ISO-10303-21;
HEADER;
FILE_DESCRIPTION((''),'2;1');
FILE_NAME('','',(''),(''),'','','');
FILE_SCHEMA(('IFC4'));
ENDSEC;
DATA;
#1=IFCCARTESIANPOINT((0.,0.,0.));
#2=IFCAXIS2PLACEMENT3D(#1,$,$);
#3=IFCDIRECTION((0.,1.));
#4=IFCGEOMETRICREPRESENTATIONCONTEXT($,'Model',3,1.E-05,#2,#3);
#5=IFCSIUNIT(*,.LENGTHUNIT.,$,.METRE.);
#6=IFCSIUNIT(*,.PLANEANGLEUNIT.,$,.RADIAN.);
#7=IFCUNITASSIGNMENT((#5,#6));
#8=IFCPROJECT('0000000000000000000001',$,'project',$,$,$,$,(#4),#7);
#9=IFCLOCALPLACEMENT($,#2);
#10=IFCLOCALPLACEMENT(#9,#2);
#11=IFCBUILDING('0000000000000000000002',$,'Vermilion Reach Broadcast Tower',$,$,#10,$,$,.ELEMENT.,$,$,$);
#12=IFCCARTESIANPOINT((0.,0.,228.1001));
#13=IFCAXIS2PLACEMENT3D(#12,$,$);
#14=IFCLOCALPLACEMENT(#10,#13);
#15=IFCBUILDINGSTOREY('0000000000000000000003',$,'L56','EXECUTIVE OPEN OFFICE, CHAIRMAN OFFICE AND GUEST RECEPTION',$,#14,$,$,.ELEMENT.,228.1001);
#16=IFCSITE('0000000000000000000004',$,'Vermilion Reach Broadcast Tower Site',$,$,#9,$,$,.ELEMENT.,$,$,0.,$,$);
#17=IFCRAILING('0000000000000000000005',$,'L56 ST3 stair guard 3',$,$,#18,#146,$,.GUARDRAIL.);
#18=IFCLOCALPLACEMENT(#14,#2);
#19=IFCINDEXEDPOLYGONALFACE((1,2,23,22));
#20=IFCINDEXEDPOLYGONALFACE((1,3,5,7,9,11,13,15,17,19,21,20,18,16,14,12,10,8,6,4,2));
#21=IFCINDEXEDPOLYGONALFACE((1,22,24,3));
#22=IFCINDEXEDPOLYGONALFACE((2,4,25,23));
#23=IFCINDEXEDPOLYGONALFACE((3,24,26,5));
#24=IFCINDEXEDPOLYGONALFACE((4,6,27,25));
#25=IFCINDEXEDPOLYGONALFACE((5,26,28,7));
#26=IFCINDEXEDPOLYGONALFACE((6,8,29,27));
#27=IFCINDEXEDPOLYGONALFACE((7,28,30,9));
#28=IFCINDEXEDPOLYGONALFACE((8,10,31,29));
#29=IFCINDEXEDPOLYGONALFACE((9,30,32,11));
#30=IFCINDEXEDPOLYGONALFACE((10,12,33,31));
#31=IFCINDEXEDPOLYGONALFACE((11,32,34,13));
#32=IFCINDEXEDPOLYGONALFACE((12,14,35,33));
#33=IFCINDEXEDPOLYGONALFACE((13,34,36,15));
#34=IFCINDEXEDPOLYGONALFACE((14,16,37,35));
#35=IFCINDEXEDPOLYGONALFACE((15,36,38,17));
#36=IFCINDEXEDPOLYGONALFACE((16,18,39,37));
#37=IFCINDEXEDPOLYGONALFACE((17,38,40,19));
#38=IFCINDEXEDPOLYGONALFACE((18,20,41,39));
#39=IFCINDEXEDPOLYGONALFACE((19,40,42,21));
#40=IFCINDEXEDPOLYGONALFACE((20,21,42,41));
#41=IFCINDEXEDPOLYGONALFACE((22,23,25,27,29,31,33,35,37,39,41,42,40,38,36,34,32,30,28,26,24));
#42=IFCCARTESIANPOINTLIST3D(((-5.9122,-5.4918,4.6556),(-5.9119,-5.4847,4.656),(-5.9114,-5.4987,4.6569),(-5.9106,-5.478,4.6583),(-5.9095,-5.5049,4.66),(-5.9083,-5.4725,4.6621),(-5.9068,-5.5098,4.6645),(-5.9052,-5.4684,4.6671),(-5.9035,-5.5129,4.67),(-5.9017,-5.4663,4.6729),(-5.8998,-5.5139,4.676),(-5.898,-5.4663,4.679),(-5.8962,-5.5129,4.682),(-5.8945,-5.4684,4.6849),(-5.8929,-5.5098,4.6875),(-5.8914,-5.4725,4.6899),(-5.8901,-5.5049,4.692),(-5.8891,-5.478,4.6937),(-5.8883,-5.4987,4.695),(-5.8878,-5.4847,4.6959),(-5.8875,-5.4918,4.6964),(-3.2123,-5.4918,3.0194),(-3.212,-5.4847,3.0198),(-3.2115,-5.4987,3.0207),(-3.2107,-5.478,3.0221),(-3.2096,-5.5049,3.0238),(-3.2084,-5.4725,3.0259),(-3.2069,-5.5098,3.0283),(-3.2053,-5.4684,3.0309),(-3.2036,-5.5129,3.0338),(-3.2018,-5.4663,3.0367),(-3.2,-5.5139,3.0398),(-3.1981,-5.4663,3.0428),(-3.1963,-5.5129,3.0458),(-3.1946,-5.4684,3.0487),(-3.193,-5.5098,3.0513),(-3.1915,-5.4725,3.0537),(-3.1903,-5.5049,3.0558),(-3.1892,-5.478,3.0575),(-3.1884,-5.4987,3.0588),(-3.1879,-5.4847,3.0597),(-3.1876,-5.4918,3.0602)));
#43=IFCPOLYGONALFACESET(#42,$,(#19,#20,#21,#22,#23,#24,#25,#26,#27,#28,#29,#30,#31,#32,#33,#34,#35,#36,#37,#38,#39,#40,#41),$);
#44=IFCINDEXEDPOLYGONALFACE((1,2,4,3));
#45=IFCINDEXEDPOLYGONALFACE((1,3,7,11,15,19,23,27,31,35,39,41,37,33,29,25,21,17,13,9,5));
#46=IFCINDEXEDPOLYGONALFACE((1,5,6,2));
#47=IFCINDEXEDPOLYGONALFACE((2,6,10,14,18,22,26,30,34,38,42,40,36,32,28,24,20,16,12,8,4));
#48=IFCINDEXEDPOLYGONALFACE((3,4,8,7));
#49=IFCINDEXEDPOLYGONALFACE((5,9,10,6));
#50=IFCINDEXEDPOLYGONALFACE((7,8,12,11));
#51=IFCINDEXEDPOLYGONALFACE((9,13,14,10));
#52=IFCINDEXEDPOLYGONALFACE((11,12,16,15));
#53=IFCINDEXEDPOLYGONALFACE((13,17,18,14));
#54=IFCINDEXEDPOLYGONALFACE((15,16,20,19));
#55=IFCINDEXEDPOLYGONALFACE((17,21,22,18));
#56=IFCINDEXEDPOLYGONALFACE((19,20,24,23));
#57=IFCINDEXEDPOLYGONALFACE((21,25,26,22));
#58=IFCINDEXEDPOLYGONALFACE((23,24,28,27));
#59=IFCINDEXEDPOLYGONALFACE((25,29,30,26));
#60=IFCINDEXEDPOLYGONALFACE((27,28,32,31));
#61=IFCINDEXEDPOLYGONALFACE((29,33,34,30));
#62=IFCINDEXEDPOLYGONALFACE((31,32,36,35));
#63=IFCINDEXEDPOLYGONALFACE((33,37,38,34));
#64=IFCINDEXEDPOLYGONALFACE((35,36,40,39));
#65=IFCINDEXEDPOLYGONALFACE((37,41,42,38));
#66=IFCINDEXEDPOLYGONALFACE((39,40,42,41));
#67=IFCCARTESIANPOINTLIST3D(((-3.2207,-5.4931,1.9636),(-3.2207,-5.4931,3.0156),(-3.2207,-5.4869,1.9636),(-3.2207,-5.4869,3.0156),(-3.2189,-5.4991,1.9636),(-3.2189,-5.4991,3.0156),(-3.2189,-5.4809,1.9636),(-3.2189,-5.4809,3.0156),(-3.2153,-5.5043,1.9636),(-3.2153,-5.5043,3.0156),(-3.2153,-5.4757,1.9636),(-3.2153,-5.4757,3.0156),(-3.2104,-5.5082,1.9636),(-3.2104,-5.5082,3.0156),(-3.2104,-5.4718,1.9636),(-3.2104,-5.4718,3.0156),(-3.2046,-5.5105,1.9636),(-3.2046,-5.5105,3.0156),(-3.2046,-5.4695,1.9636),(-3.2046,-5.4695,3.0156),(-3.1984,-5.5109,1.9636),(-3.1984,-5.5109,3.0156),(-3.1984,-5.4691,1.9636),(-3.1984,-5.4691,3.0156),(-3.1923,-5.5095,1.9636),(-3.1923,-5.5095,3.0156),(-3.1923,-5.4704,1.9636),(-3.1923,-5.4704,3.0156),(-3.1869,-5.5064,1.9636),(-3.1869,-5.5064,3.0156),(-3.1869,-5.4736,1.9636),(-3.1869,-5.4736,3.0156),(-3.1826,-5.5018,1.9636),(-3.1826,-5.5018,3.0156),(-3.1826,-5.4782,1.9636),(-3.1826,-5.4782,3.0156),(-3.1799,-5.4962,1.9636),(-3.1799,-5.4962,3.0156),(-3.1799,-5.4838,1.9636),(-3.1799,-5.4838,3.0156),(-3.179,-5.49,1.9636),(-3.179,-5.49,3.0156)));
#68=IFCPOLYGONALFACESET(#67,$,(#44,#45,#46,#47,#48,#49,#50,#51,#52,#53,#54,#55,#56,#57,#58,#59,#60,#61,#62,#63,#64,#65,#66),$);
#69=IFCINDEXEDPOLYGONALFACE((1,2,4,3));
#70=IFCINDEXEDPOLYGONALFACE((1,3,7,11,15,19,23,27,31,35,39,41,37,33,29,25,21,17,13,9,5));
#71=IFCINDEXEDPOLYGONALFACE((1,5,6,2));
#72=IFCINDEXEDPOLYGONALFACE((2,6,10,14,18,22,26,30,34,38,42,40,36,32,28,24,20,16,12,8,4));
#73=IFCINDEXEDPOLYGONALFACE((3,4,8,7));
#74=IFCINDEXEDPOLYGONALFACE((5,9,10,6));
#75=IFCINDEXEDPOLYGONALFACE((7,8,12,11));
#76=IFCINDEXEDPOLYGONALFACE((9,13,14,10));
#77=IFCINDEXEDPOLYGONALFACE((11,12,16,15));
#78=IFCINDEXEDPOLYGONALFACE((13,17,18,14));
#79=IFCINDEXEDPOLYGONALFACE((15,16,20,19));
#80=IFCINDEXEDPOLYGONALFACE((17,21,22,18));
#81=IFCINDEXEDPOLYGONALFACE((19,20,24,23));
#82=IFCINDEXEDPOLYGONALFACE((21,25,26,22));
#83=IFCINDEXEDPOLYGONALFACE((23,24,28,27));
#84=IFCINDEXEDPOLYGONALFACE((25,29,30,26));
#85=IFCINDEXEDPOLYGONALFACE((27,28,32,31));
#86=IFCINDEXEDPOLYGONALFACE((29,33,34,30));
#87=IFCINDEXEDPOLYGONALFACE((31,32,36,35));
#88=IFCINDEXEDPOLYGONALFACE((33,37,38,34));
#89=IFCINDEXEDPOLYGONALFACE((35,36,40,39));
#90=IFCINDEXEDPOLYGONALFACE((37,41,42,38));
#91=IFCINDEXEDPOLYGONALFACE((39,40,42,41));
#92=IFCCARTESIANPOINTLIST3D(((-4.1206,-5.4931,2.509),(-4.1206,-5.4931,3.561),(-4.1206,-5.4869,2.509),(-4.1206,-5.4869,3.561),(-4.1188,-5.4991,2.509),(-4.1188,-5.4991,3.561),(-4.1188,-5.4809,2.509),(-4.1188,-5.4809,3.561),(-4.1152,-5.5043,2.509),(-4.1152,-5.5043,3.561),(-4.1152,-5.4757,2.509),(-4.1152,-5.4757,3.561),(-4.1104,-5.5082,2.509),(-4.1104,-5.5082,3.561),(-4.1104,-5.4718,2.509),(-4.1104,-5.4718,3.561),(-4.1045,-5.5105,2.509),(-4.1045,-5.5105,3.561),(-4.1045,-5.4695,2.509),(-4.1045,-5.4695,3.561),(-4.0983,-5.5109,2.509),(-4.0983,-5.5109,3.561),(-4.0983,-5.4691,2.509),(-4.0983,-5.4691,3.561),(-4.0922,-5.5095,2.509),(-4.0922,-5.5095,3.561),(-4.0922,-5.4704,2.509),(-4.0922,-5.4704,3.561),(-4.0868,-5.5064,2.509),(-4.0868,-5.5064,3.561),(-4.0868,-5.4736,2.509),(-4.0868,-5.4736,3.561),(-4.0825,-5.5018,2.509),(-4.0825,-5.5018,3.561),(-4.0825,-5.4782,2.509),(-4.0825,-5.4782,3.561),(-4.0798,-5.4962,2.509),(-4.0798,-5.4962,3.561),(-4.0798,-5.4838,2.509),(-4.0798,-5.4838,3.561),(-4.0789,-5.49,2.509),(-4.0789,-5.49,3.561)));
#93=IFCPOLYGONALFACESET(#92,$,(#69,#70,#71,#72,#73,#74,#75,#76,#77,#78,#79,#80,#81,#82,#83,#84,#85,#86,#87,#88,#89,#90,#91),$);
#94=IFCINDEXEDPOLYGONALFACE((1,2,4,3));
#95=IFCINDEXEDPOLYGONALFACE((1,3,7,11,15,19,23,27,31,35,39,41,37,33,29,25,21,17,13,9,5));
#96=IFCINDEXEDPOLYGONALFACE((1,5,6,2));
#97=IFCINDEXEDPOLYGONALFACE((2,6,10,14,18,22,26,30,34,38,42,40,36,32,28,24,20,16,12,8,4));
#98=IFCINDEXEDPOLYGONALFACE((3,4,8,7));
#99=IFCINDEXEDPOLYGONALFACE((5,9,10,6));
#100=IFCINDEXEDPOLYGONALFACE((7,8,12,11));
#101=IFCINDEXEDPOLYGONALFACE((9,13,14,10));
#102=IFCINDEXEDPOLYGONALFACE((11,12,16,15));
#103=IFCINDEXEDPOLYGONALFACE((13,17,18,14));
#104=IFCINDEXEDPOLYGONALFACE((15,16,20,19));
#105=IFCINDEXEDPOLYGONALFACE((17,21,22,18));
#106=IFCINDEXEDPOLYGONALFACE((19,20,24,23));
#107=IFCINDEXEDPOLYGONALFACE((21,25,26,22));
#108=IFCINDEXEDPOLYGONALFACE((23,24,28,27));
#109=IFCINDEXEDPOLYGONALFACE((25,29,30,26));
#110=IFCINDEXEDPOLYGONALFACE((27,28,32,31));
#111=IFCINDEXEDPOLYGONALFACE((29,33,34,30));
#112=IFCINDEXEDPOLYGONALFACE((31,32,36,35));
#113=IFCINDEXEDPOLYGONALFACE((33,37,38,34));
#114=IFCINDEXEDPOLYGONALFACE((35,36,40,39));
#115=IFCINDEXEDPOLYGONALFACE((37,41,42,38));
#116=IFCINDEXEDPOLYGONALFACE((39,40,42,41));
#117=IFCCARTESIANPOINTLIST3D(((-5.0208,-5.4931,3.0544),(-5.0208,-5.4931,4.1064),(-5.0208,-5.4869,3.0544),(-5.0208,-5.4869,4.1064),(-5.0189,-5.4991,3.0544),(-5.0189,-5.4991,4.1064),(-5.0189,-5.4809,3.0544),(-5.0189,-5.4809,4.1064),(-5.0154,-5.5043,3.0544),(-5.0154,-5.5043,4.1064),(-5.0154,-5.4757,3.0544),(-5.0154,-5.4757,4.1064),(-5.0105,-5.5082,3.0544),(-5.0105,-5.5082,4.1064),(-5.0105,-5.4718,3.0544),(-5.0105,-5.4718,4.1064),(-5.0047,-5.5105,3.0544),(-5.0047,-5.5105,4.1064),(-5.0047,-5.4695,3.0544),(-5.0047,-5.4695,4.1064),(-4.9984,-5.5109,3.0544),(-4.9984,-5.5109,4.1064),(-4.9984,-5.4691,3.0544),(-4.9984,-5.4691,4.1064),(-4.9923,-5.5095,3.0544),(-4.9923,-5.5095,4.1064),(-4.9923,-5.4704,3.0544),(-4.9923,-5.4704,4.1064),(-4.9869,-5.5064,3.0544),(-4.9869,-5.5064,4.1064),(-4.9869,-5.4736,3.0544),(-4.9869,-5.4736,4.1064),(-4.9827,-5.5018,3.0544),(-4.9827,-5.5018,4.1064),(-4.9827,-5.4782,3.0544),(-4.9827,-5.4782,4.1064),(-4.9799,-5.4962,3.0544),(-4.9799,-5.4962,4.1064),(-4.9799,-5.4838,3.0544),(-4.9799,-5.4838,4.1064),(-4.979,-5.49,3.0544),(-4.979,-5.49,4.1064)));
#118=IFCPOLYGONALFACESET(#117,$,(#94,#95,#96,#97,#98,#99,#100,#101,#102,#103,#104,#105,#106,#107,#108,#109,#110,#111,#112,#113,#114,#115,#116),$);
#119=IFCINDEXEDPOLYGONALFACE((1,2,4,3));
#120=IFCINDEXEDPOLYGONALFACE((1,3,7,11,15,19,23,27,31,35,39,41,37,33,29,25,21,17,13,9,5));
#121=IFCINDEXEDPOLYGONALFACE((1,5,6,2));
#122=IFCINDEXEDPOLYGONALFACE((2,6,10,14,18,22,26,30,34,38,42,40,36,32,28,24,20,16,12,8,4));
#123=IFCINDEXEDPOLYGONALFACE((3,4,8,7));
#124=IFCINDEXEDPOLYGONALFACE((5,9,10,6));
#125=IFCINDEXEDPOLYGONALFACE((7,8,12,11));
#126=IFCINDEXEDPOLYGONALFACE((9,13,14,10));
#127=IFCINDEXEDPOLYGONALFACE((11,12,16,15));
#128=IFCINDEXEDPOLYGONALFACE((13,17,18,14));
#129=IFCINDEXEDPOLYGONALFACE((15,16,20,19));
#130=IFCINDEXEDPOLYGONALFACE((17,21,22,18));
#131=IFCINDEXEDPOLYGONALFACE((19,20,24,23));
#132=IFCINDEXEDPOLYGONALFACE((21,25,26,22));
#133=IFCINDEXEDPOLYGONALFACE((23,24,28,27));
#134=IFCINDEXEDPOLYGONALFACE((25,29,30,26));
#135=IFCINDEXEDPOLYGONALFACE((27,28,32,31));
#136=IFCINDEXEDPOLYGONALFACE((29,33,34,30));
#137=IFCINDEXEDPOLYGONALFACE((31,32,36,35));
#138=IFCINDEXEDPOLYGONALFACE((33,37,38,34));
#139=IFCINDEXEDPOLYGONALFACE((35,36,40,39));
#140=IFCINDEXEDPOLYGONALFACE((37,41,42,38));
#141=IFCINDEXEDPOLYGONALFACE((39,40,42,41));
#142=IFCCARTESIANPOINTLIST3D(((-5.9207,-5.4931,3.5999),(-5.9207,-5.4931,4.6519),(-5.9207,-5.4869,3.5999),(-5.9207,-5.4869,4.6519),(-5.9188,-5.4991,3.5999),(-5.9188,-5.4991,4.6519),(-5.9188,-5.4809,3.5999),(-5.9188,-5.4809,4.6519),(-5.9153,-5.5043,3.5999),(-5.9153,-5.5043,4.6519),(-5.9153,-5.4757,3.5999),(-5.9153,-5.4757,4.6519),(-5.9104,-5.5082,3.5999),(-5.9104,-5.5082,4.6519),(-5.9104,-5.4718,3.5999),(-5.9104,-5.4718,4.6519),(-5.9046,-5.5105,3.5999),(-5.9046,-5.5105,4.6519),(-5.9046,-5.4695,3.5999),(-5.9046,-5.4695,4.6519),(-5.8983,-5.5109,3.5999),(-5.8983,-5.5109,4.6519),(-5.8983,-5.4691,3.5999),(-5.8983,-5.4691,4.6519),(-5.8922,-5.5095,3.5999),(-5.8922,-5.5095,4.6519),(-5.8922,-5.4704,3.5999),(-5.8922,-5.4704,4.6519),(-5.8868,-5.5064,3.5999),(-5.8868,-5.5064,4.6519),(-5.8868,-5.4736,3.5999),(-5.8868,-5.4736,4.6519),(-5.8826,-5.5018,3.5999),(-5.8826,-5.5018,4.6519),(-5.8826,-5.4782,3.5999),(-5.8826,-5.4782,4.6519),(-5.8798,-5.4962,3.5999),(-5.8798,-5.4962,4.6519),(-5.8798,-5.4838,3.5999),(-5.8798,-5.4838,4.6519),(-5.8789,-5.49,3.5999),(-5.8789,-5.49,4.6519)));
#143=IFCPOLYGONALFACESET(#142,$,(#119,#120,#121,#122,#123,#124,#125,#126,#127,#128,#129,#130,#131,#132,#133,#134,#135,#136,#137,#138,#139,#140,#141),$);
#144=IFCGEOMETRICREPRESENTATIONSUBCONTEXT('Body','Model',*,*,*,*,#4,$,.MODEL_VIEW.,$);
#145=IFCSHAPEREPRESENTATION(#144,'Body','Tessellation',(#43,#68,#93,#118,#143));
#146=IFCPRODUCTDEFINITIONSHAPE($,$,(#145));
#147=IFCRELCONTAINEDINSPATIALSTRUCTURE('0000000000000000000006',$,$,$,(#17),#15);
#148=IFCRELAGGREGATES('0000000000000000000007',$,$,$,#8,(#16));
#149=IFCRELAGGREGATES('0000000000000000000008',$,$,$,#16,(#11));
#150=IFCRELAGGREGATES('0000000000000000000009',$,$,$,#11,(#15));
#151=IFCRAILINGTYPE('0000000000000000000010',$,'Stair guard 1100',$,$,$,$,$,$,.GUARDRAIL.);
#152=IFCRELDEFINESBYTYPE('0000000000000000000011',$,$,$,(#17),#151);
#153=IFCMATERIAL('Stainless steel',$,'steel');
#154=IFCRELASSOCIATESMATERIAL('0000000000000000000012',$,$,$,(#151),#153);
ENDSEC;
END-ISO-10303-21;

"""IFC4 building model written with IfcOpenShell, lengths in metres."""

from ifc_helpers import new_model, si_unit, direction, frame, origin, origin_2d, place, context, subcontext, project, spatial, circle, extrude, material, type_object, element, save


model = new_model("IFC4")

# Units and contexts
model_context = context("Model", 3, precision=1e-05, world=origin(), true_north=direction((0.0, 1.0)))
body_context = subcontext(model_context, "Body", "Model", "MODEL_VIEW")
ifc_project = project(units=[si_unit("LENGTHUNIT", "METRE"), si_unit("PLANEANGLEUNIT", "RADIAN")], contexts=[model_context])

# Site, building, storey
site_placement = place(None, origin())
site = spatial("IfcSite", under=ifc_project, at=site_placement, Name="Vermilion Reach Broadcast Tower Site", CompositionType="ELEMENT", RefElevation=0.0)
building_placement = place(site_placement, origin())
building = spatial("IfcBuilding", under=site, at=building_placement, Name="Vermilion Reach Broadcast Tower", CompositionType="ELEMENT")
storey_placement = place(building_placement, frame((0.0, 0.0, 228.1001)))
storey = spatial("IfcBuildingStorey", under=building, at=storey_placement, Name="L56", Description="EXECUTIVE OPEN OFFICE, CHAIRMAN OFFICE AND GUEST RECEPTION", CompositionType="ELEMENT", Elevation=228.1001)

# Railing
ifc_material_1 = material(Name="Stainless steel", Category="steel")
railing_type_1 = type_object("IfcRailingType", Name="Stair guard 1100", PredefinedType="GUARDRAIL", material=ifc_material_1)
railing_1_placement = place(storey_placement, frame((-3.2, -5.49, 1.9636)))
element("IfcRailing", 1, at=railing_1_placement, inside=storey, type_object=railing_type_1, Name="L56 ST3 stair guard 3", PredefinedType="GUARDRAIL", context=body_context, shape_type="SweptSolid", body=[
    extrude(circle(Radius=0.0239, at=origin_2d()), frame((0.0, 0.0, 1.0762), z_axis=(-0.855212, 0.0, 0.518278), x_axis=(0.0, -1.0, 0.0)), (0.0, 0.0, 1.0), 3.157),
    extrude(circle(Radius=0.021, at=origin_2d()), origin(), (0.0, 0.0, 1.0), 1.052),
    extrude(circle(Radius=0.021, at=origin_2d()), frame((-0.8999, 0.0, 0.5454)), (0.0, 0.0, 1.0), 1.052),
    extrude(circle(Radius=0.021, at=origin_2d()), frame((-1.8, 0.0, 1.0908)), (0.0, 0.0, 1.0), 1.052),
    extrude(circle(Radius=0.021, at=origin_2d()), frame((-2.7, 0.0, 1.6362)), (0.0, 0.0, 1.0), 1.052),
])

save(model, "model.ifc")
